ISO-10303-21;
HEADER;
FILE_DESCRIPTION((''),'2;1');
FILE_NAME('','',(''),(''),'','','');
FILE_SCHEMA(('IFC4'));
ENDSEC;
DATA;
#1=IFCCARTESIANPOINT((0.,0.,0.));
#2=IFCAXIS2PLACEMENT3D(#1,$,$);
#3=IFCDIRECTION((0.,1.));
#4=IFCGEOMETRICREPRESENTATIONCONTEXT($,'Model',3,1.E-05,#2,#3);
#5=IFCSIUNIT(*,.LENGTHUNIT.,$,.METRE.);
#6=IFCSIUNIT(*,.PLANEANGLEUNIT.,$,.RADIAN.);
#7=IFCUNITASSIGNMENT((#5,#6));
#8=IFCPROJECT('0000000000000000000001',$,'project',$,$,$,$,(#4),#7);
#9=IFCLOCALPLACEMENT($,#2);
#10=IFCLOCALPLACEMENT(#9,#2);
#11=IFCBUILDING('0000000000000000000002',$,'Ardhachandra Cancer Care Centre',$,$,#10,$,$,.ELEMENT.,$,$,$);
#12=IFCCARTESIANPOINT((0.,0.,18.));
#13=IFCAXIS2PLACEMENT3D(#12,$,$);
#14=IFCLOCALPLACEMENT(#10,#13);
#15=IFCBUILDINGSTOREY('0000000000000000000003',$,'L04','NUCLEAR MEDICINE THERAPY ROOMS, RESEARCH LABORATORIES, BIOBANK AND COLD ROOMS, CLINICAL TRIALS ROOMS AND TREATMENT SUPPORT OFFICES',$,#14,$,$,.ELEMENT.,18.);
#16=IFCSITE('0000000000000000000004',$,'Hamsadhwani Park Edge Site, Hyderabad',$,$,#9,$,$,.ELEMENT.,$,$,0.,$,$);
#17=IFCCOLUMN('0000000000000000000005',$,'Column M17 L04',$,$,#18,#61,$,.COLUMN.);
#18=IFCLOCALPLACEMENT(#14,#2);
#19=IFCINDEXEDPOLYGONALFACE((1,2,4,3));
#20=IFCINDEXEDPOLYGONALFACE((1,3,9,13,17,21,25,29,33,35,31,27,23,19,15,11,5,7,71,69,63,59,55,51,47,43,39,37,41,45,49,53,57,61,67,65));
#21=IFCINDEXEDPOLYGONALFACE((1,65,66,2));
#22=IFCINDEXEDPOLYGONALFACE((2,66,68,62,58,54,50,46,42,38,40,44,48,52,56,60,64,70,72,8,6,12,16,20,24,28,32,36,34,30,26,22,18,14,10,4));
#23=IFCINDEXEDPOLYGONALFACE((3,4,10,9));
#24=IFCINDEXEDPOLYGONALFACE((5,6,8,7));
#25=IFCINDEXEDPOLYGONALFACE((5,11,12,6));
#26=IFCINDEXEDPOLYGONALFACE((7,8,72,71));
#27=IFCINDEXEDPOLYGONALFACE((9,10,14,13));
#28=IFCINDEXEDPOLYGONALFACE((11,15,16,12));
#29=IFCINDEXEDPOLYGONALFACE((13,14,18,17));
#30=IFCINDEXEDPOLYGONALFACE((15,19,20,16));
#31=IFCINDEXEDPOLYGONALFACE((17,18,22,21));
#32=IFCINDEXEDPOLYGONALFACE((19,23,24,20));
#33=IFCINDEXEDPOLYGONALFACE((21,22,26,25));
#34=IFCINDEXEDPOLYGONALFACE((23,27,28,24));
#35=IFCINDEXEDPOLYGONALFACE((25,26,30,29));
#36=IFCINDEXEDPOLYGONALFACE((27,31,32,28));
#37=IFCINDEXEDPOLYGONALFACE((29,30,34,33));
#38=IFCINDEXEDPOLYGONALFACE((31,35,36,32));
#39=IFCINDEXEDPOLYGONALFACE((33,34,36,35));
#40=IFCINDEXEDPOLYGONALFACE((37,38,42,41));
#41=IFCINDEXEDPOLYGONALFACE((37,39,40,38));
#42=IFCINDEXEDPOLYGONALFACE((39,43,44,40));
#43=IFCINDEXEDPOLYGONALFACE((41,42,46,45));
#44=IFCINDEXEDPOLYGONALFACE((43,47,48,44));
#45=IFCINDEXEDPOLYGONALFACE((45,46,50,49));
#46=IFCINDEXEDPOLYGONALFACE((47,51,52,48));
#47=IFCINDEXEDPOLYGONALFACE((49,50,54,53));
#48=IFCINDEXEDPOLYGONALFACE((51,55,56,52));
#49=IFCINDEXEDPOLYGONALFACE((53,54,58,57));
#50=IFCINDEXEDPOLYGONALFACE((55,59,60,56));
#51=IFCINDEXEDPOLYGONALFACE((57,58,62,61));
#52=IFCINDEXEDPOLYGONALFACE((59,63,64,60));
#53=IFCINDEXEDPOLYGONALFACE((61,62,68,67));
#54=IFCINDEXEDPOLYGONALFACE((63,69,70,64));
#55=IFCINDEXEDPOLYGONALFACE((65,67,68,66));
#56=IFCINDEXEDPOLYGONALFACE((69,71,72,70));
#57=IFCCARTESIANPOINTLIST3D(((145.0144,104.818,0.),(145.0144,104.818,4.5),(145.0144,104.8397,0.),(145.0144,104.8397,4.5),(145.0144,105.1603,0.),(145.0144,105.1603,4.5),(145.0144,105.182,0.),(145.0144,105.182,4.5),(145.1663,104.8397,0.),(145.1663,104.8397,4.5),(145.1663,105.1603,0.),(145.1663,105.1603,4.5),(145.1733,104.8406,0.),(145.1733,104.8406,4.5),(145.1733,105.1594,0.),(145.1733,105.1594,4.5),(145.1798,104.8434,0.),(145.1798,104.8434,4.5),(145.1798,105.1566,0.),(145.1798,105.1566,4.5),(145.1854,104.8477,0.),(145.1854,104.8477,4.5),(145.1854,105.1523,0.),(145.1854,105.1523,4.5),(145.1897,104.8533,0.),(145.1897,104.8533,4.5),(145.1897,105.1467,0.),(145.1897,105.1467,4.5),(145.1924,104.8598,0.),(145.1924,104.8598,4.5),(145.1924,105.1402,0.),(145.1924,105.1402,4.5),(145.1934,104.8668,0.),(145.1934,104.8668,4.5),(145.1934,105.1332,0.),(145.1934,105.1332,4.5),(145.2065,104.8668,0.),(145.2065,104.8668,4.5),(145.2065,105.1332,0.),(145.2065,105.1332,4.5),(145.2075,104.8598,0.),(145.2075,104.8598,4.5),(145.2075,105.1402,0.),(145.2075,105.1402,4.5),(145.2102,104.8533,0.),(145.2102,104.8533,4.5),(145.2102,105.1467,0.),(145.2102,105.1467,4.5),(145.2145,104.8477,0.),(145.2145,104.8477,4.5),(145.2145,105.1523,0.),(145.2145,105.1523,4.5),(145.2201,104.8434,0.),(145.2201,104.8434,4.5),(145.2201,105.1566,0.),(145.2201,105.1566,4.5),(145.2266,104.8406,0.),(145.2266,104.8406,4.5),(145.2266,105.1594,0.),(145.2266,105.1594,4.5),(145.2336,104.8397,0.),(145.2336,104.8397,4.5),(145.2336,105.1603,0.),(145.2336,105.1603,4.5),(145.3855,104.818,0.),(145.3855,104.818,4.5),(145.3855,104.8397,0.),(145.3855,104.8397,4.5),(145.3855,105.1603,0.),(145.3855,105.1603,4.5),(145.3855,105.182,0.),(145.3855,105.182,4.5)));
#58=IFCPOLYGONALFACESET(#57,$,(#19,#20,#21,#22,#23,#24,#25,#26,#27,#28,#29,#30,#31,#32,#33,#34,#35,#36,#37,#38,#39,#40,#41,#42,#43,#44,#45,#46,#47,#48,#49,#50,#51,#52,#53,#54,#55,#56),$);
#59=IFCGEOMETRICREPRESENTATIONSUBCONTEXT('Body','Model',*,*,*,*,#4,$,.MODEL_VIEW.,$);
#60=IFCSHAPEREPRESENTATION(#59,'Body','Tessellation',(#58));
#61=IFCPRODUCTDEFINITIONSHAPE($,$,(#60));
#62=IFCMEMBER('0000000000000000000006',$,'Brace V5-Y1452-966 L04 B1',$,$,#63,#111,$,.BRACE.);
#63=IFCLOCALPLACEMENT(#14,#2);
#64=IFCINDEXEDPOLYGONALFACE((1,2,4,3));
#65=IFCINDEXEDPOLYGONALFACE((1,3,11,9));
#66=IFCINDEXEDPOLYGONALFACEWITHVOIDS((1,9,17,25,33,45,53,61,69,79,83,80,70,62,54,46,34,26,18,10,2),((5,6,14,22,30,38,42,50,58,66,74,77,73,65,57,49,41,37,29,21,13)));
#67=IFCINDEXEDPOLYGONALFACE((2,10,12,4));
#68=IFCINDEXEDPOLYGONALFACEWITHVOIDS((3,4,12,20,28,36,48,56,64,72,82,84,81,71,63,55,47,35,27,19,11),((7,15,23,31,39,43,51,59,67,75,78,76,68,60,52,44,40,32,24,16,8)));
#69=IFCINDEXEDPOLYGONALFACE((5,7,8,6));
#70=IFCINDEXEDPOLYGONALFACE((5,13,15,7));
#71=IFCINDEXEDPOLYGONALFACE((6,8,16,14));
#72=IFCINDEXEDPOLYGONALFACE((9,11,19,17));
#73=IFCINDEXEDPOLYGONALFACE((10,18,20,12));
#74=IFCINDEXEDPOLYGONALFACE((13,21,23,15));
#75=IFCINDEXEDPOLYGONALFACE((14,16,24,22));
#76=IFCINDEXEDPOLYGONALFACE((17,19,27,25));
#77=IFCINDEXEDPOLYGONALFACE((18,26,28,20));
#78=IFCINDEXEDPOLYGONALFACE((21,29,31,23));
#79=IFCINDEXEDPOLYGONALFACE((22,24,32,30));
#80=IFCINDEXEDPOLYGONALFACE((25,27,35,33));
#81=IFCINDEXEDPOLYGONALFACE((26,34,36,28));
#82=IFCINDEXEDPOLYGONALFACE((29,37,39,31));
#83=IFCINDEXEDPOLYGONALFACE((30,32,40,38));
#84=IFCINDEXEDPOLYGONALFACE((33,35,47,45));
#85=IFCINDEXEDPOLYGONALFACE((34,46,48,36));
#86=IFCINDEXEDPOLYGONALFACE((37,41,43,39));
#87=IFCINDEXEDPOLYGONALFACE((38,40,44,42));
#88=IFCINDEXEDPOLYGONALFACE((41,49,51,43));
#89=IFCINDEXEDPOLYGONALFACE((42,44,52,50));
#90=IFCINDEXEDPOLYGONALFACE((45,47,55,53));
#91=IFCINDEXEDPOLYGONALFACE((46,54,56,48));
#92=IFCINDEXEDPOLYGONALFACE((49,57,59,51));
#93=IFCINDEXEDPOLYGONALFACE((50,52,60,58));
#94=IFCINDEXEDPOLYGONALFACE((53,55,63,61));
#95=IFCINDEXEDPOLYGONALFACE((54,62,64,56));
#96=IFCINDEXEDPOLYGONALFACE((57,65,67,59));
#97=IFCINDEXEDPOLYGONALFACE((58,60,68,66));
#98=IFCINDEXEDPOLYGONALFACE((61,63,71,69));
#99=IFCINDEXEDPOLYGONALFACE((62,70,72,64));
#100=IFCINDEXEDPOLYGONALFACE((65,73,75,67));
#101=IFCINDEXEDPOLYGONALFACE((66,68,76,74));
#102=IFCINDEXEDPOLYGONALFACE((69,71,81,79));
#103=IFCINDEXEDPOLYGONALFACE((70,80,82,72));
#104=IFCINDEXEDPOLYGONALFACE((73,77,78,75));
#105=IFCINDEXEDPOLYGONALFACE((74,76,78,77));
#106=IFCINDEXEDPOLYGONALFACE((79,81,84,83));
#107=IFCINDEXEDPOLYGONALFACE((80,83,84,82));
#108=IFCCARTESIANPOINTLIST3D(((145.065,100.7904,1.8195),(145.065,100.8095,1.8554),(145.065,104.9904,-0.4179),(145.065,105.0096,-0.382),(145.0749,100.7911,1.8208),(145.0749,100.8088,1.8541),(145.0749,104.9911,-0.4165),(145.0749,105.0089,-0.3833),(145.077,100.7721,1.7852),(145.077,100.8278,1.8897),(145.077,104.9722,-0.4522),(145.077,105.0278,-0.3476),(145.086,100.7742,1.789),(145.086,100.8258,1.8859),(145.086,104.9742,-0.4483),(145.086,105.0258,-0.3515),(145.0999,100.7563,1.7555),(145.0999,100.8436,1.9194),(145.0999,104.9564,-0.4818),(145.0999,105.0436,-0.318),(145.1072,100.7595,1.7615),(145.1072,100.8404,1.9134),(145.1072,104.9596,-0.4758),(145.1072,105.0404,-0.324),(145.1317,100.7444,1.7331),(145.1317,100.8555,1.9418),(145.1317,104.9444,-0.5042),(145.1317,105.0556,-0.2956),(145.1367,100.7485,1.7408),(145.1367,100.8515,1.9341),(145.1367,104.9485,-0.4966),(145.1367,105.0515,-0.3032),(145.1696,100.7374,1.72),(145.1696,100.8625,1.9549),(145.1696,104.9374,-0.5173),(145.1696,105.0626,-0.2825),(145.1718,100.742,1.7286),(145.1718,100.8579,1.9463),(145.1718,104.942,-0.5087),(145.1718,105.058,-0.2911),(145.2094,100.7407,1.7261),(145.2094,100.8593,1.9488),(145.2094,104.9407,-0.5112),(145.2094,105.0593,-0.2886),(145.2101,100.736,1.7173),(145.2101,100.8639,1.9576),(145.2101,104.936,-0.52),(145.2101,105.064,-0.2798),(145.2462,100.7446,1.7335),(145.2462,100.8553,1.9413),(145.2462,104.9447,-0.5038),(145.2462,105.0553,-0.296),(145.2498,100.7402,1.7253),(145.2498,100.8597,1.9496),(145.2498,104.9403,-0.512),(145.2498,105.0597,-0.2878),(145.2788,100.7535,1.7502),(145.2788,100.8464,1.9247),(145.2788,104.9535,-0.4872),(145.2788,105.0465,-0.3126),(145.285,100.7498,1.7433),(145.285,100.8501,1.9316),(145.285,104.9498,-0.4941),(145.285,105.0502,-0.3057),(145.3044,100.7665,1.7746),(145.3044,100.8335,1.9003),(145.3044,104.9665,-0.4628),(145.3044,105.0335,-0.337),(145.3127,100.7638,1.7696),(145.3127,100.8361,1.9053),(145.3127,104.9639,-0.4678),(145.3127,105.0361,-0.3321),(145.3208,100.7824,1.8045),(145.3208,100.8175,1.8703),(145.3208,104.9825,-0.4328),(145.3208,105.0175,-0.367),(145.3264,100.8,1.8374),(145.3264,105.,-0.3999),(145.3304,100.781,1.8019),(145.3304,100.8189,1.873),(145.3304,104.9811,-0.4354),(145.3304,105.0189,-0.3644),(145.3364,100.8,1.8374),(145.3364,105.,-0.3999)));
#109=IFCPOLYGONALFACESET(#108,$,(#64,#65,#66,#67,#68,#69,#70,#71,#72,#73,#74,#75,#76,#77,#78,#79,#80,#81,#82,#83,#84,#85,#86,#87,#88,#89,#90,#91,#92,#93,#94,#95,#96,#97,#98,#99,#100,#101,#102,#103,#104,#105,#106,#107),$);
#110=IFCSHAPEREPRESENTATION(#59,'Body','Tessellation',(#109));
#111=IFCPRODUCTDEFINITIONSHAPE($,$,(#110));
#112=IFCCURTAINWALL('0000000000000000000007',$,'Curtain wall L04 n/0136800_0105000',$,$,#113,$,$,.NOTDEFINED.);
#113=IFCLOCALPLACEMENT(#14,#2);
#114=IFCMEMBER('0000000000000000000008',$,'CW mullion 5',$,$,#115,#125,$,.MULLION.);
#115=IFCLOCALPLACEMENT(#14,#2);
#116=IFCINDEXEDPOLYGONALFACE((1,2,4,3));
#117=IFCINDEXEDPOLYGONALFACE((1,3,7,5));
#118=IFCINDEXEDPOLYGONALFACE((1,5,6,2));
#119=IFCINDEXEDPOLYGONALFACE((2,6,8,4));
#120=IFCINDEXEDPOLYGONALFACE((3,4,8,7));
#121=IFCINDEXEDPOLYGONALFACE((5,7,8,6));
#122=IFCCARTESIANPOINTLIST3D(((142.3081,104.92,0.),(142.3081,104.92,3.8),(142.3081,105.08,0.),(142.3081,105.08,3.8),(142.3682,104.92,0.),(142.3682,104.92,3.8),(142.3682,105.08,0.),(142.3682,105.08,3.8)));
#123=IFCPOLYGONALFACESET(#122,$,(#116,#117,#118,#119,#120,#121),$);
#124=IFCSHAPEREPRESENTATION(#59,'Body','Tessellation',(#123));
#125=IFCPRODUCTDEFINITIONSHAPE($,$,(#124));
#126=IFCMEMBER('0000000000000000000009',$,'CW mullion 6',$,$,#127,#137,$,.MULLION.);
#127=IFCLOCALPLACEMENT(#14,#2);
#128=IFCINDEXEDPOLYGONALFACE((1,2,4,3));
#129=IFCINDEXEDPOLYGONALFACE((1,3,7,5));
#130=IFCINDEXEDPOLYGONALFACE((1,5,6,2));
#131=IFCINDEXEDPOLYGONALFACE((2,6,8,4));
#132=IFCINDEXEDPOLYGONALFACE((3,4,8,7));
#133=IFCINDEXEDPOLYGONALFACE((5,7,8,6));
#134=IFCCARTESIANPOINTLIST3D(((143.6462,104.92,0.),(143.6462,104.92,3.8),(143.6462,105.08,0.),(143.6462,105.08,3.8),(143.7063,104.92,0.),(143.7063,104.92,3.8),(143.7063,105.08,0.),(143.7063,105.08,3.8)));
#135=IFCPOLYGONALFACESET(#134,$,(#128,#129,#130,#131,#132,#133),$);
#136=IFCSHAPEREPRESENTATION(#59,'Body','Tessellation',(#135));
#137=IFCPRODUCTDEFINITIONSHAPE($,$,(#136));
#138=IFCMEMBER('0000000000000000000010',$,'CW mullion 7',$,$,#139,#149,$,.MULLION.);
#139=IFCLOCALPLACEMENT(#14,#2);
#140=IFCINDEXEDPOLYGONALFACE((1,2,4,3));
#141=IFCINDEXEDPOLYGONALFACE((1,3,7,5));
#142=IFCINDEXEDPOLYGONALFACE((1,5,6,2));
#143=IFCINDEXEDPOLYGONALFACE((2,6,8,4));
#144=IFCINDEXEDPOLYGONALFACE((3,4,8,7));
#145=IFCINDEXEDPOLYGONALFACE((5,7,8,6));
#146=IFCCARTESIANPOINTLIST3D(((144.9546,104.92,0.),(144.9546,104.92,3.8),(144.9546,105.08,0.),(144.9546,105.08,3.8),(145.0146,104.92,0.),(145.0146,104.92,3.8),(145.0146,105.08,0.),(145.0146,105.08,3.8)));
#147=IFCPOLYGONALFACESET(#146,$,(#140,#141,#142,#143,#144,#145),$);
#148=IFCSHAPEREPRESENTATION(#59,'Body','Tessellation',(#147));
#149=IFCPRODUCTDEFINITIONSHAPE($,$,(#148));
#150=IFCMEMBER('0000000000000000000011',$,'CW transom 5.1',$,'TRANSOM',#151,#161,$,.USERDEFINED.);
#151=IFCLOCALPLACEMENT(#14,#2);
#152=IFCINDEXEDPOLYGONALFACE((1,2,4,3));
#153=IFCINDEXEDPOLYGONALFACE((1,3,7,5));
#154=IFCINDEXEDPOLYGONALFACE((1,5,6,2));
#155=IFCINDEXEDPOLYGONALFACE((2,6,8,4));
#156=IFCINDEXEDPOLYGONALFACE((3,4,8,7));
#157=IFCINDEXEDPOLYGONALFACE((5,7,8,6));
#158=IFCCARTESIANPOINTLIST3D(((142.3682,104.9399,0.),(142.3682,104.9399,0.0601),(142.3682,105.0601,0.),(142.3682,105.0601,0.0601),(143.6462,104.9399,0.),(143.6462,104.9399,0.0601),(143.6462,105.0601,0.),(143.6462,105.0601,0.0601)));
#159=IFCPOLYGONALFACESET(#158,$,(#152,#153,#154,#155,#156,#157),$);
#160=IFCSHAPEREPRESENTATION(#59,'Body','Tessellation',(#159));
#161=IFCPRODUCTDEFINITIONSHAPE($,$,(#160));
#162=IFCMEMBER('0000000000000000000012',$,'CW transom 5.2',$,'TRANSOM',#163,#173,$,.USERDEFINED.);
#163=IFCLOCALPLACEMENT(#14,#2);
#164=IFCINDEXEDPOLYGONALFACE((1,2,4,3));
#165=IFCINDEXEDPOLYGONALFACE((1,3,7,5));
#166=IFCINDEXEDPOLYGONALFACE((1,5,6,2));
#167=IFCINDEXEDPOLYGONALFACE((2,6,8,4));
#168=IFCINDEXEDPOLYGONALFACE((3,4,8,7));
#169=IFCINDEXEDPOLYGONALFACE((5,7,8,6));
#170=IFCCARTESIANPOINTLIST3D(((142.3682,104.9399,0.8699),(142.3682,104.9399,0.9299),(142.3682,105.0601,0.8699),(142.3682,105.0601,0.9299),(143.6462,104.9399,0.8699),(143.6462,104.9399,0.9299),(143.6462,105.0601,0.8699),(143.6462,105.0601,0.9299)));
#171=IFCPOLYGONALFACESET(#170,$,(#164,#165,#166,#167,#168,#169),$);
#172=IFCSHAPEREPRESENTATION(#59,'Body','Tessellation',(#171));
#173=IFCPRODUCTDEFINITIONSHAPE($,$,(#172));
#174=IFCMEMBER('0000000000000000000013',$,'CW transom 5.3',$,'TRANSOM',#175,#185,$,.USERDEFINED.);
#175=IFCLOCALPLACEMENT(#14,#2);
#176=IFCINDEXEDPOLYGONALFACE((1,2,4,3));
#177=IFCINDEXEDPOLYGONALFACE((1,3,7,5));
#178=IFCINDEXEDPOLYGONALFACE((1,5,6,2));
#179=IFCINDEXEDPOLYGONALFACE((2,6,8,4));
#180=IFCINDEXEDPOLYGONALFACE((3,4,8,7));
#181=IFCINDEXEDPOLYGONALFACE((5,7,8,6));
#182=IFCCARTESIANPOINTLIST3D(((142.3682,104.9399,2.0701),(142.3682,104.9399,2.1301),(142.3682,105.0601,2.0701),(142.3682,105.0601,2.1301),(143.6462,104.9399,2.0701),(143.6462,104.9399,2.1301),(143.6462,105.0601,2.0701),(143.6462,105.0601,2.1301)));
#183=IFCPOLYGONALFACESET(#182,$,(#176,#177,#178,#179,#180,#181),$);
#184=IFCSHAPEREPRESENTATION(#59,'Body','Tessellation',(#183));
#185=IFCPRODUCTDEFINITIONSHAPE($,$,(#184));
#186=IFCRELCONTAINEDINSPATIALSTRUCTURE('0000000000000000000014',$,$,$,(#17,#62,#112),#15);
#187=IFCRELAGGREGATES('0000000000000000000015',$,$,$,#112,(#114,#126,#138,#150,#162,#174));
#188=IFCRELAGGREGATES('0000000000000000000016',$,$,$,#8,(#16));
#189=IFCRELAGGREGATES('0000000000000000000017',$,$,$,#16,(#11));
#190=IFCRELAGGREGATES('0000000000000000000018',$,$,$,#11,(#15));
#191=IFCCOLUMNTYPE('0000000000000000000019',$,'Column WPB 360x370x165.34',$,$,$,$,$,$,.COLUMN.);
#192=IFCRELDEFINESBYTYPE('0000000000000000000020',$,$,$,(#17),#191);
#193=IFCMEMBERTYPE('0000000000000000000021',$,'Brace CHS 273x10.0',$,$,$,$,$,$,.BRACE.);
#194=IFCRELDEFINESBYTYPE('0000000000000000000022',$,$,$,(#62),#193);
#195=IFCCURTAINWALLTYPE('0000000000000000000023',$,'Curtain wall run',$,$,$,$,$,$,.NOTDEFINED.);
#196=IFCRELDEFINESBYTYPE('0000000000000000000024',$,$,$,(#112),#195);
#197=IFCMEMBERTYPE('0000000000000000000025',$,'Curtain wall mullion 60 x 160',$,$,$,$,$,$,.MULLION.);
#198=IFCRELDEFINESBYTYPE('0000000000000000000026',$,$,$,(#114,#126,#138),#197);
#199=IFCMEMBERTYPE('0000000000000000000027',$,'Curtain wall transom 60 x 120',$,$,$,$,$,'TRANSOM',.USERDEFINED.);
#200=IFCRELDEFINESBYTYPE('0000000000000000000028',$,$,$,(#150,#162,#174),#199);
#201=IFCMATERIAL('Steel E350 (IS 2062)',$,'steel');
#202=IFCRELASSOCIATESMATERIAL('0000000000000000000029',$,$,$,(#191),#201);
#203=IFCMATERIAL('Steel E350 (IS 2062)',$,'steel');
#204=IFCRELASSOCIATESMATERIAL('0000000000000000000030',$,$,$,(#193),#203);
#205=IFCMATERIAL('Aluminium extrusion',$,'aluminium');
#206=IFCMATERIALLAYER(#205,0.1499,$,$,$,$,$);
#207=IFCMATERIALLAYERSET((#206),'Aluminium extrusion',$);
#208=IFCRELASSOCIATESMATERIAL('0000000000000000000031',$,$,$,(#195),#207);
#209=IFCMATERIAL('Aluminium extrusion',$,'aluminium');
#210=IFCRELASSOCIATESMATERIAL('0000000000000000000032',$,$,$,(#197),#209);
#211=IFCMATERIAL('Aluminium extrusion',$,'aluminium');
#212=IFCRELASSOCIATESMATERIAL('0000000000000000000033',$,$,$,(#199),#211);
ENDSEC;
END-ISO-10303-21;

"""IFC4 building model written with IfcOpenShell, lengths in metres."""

from ifc_helpers import new_model, si_unit, direction, frame, origin, origin_2d, place, context, subcontext, project, spatial, rectangle, hollow_circle, i_section, extrude, material, layer, layer_set, material_profile, profile_set, type_object, element, aggregate, save


model = new_model("IFC4")

# Units and contexts
model_context = context("Model", 3, precision=1e-05, world=origin(), true_north=direction((0.0, 1.0)))
body_context = subcontext(model_context, "Body", "Model", "MODEL_VIEW")
ifc_project = project(units=[si_unit("LENGTHUNIT", "METRE"), si_unit("PLANEANGLEUNIT", "RADIAN")], contexts=[model_context])

# Site, building, storey
site_placement = place(None, origin())
site = spatial("IfcSite", under=ifc_project, at=site_placement, Name="Hamsadhwani Park Edge Site, Hyderabad", CompositionType="ELEMENT", RefElevation=0.0)
building_placement = place(site_placement, origin())
building = spatial("IfcBuilding", under=site, at=building_placement, Name="Ardhachandra Cancer Care Centre", CompositionType="ELEMENT")
storey_placement = place(building_placement, frame((0.0, 0.0, 18.0)))
storey = spatial("IfcBuildingStorey", under=building, at=storey_placement, Name="L04", Description="NUCLEAR MEDICINE THERAPY ROOMS, RESEARCH LABORATORIES, BIOBANK AND COLD ROOMS, CLINICAL TRIALS ROOMS AND TREATMENT SUPPORT OFFICES", CompositionType="ELEMENT", Elevation=18.0)

# Column
ifc_material_1 = material(Name="Steel E350 (IS 2062)", Category="steel")
ifc_material_profile_1 = material_profile(ifc_material_1, i_section(OverallWidth=0.3711, OverallDepth=0.364, WebThickness=0.0132, FlangeThickness=0.0217, FilletRadius=0.0271, at=origin_2d()), Name="WPB 360x370x165.34")
ifc_profile_set_1 = profile_set([ifc_material_profile_1], Name="Steel E350 (IS 2062)")
column_type = type_object("IfcColumnType", Name="Column WPB 360x370x165.34", PredefinedType="COLUMN", material=ifc_profile_set_1)
column_placement = place(storey_placement, frame((145.2, 105.0, 0.0), z_axis=(0.0, 0.0, 1.0), x_axis=(1.0, 0.0, 0.0)))
element("IfcColumn", 1, at=column_placement, inside=storey, type_object=column_type, Name="Column M17 L04", PredefinedType="COLUMN", context=body_context, shape_type="SweptSolid", body=[
    extrude(i_section(OverallWidth=0.3711, OverallDepth=0.364, WebThickness=0.0132, FlangeThickness=0.0217, FilletRadius=0.0271, at=origin_2d()), origin(), (0.0, 0.0, 1.0), 4.5),
])

# Member
ifc_material_2 = material(Name="Steel E350 (IS 2062)", Category="steel")
ifc_material_profile_2 = material_profile(ifc_material_2, hollow_circle(Radius=0.1365, WallThickness=0.01, at=origin_2d()), Name="CHS 273x10.0")
ifc_profile_set_2 = profile_set([ifc_material_profile_2], Name="Steel E350 (IS 2062)")
member_type_1 = type_object("IfcMemberType", Name="Brace CHS 273x10.0", PredefinedType="BRACE", material=ifc_profile_set_2)
member_1_placement = place(storey_placement, frame((145.2, 105.0, -0.3999), z_axis=(0.0, -0.882586, 0.470151), x_axis=(1.0, 0.0, 0.0)))
element("IfcMember", 2, at=member_1_placement, inside=storey, type_object=member_type_1, Name="Brace V5-Y1452-966 L04 B1", PredefinedType="BRACE", context=body_context, shape_type="SweptSolid", body=[
    extrude(hollow_circle(Radius=0.1365, WallThickness=0.01, at=origin_2d()), origin(), (0.0, 0.0, 1.0), 4.7588),
])

# Curtain wall, members
ifc_material_3 = material(Name="Aluminium extrusion", Category="aluminium")
ifc_layer_1 = layer(ifc_material_3, 0.1499)
ifc_layer_set_1 = layer_set([ifc_layer_1], Name="Aluminium extrusion")
curtain_wall_type = type_object("IfcCurtainWallType", Name="Curtain wall run", PredefinedType="NOTDEFINED", material=ifc_layer_set_1)
curtain_wall_placement = place(storey_placement, origin())
curtain_wall = element("IfcCurtainWall", 3, at=curtain_wall_placement, inside=storey, type_object=curtain_wall_type, Name="Curtain wall L04 n/0136800_0105000", PredefinedType="NOTDEFINED")
ifc_material_4 = material(Name="Aluminium extrusion", Category="aluminium")
ifc_material_profile_3 = material_profile(ifc_material_4, rectangle(XDim=0.1599, YDim=0.0601, at=origin_2d()), Name="Curtain wall mullion 60 x 160")
ifc_profile_set_3 = profile_set([ifc_material_profile_3], Name="Aluminium extrusion")
member_type_2 = type_object("IfcMemberType", Name="Curtain wall mullion 60 x 160", PredefinedType="MULLION", material=ifc_profile_set_3)
member_2_placement = place(storey_placement, frame((142.3381, 105.0, 0.0), z_axis=(0.0, 0.0, 1.0), x_axis=(0.0, 1.0, 0.0)))
member_2 = element("IfcMember", 4, at=member_2_placement, type_object=member_type_2, Name="CW mullion 5", PredefinedType="MULLION", context=body_context, shape_type="SweptSolid", body=[
    extrude(rectangle(XDim=0.1599, YDim=0.0601, at=origin_2d()), origin(), (0.0, 0.0, 1.0), 3.8),
])
member_3_placement = place(storey_placement, frame((143.6763, 105.0, 0.0), z_axis=(0.0, 0.0, 1.0), x_axis=(0.0, 1.0, 0.0)))
member_3 = element("IfcMember", 5, at=member_3_placement, type_object=member_type_2, Name="CW mullion 6", PredefinedType="MULLION", context=body_context, shape_type="SweptSolid", body=[
    extrude(rectangle(XDim=0.1599, YDim=0.0601, at=origin_2d()), origin(), (0.0, 0.0, 1.0), 3.8),
])
member_4_placement = place(storey_placement, frame((144.9846, 105.0, 0.0), z_axis=(0.0, 0.0, 1.0), x_axis=(0.0, 1.0, 0.0)))
member_4 = element("IfcMember", 6, at=member_4_placement, type_object=member_type_2, Name="CW mullion 7", PredefinedType="MULLION", context=body_context, shape_type="SweptSolid", body=[
    extrude(rectangle(XDim=0.1599, YDim=0.0601, at=origin_2d()), origin(), (0.0, 0.0, 1.0), 3.8),
])
ifc_material_5 = material(Name="Aluminium extrusion", Category="aluminium")
ifc_material_profile_4 = material_profile(ifc_material_5, rectangle(XDim=0.1201, YDim=0.0601, at=origin_2d()), Name="Curtain wall transom 60 x 120")
ifc_profile_set_4 = profile_set([ifc_material_profile_4], Name="Aluminium extrusion")
member_type_3 = type_object("IfcMemberType", Name="Curtain wall transom 60 x 120", ElementType="TRANSOM", PredefinedType="USERDEFINED", material=ifc_profile_set_4)
member_5_placement = place(storey_placement, frame((142.3682, 105.0, 0.03), z_axis=(1.0, 0.0, 0.0), x_axis=(0.0, 1.0, 0.0)))
member_5 = element("IfcMember", 7, at=member_5_placement, type_object=member_type_3, Name="CW transom 5.1", ObjectType="TRANSOM", PredefinedType="USERDEFINED", context=body_context, shape_type="SweptSolid", body=[
    extrude(rectangle(XDim=0.1201, YDim=0.0601, at=origin_2d()), origin(), (0.0, 0.0, 1.0), 1.2781),
])
member_6_placement = place(storey_placement, frame((142.3682, 105.0, 0.8999), z_axis=(1.0, 0.0, 0.0), x_axis=(0.0, 1.0, 0.0)))
member_6 = element("IfcMember", 8, at=member_6_placement, type_object=member_type_3, Name="CW transom 5.2", ObjectType="TRANSOM", PredefinedType="USERDEFINED", context=body_context, shape_type="SweptSolid", body=[
    extrude(rectangle(XDim=0.1201, YDim=0.0601, at=origin_2d()), origin(), (0.0, 0.0, 1.0), 1.2781),
])
member_7_placement = place(storey_placement, frame((142.3682, 105.0, 2.1001), z_axis=(1.0, 0.0, 0.0), x_axis=(0.0, 1.0, 0.0)))
member_7 = element("IfcMember", 9, at=member_7_placement, type_object=member_type_3, Name="CW transom 5.3", ObjectType="TRANSOM", PredefinedType="USERDEFINED", context=body_context, shape_type="SweptSolid", body=[
    extrude(rectangle(XDim=0.1201, YDim=0.0601, at=origin_2d()), origin(), (0.0, 0.0, 1.0), 1.2781),
])
aggregate(curtain_wall, [member_2, member_3, member_4, member_5, member_6, member_7])

save(model, "model.ifc")
